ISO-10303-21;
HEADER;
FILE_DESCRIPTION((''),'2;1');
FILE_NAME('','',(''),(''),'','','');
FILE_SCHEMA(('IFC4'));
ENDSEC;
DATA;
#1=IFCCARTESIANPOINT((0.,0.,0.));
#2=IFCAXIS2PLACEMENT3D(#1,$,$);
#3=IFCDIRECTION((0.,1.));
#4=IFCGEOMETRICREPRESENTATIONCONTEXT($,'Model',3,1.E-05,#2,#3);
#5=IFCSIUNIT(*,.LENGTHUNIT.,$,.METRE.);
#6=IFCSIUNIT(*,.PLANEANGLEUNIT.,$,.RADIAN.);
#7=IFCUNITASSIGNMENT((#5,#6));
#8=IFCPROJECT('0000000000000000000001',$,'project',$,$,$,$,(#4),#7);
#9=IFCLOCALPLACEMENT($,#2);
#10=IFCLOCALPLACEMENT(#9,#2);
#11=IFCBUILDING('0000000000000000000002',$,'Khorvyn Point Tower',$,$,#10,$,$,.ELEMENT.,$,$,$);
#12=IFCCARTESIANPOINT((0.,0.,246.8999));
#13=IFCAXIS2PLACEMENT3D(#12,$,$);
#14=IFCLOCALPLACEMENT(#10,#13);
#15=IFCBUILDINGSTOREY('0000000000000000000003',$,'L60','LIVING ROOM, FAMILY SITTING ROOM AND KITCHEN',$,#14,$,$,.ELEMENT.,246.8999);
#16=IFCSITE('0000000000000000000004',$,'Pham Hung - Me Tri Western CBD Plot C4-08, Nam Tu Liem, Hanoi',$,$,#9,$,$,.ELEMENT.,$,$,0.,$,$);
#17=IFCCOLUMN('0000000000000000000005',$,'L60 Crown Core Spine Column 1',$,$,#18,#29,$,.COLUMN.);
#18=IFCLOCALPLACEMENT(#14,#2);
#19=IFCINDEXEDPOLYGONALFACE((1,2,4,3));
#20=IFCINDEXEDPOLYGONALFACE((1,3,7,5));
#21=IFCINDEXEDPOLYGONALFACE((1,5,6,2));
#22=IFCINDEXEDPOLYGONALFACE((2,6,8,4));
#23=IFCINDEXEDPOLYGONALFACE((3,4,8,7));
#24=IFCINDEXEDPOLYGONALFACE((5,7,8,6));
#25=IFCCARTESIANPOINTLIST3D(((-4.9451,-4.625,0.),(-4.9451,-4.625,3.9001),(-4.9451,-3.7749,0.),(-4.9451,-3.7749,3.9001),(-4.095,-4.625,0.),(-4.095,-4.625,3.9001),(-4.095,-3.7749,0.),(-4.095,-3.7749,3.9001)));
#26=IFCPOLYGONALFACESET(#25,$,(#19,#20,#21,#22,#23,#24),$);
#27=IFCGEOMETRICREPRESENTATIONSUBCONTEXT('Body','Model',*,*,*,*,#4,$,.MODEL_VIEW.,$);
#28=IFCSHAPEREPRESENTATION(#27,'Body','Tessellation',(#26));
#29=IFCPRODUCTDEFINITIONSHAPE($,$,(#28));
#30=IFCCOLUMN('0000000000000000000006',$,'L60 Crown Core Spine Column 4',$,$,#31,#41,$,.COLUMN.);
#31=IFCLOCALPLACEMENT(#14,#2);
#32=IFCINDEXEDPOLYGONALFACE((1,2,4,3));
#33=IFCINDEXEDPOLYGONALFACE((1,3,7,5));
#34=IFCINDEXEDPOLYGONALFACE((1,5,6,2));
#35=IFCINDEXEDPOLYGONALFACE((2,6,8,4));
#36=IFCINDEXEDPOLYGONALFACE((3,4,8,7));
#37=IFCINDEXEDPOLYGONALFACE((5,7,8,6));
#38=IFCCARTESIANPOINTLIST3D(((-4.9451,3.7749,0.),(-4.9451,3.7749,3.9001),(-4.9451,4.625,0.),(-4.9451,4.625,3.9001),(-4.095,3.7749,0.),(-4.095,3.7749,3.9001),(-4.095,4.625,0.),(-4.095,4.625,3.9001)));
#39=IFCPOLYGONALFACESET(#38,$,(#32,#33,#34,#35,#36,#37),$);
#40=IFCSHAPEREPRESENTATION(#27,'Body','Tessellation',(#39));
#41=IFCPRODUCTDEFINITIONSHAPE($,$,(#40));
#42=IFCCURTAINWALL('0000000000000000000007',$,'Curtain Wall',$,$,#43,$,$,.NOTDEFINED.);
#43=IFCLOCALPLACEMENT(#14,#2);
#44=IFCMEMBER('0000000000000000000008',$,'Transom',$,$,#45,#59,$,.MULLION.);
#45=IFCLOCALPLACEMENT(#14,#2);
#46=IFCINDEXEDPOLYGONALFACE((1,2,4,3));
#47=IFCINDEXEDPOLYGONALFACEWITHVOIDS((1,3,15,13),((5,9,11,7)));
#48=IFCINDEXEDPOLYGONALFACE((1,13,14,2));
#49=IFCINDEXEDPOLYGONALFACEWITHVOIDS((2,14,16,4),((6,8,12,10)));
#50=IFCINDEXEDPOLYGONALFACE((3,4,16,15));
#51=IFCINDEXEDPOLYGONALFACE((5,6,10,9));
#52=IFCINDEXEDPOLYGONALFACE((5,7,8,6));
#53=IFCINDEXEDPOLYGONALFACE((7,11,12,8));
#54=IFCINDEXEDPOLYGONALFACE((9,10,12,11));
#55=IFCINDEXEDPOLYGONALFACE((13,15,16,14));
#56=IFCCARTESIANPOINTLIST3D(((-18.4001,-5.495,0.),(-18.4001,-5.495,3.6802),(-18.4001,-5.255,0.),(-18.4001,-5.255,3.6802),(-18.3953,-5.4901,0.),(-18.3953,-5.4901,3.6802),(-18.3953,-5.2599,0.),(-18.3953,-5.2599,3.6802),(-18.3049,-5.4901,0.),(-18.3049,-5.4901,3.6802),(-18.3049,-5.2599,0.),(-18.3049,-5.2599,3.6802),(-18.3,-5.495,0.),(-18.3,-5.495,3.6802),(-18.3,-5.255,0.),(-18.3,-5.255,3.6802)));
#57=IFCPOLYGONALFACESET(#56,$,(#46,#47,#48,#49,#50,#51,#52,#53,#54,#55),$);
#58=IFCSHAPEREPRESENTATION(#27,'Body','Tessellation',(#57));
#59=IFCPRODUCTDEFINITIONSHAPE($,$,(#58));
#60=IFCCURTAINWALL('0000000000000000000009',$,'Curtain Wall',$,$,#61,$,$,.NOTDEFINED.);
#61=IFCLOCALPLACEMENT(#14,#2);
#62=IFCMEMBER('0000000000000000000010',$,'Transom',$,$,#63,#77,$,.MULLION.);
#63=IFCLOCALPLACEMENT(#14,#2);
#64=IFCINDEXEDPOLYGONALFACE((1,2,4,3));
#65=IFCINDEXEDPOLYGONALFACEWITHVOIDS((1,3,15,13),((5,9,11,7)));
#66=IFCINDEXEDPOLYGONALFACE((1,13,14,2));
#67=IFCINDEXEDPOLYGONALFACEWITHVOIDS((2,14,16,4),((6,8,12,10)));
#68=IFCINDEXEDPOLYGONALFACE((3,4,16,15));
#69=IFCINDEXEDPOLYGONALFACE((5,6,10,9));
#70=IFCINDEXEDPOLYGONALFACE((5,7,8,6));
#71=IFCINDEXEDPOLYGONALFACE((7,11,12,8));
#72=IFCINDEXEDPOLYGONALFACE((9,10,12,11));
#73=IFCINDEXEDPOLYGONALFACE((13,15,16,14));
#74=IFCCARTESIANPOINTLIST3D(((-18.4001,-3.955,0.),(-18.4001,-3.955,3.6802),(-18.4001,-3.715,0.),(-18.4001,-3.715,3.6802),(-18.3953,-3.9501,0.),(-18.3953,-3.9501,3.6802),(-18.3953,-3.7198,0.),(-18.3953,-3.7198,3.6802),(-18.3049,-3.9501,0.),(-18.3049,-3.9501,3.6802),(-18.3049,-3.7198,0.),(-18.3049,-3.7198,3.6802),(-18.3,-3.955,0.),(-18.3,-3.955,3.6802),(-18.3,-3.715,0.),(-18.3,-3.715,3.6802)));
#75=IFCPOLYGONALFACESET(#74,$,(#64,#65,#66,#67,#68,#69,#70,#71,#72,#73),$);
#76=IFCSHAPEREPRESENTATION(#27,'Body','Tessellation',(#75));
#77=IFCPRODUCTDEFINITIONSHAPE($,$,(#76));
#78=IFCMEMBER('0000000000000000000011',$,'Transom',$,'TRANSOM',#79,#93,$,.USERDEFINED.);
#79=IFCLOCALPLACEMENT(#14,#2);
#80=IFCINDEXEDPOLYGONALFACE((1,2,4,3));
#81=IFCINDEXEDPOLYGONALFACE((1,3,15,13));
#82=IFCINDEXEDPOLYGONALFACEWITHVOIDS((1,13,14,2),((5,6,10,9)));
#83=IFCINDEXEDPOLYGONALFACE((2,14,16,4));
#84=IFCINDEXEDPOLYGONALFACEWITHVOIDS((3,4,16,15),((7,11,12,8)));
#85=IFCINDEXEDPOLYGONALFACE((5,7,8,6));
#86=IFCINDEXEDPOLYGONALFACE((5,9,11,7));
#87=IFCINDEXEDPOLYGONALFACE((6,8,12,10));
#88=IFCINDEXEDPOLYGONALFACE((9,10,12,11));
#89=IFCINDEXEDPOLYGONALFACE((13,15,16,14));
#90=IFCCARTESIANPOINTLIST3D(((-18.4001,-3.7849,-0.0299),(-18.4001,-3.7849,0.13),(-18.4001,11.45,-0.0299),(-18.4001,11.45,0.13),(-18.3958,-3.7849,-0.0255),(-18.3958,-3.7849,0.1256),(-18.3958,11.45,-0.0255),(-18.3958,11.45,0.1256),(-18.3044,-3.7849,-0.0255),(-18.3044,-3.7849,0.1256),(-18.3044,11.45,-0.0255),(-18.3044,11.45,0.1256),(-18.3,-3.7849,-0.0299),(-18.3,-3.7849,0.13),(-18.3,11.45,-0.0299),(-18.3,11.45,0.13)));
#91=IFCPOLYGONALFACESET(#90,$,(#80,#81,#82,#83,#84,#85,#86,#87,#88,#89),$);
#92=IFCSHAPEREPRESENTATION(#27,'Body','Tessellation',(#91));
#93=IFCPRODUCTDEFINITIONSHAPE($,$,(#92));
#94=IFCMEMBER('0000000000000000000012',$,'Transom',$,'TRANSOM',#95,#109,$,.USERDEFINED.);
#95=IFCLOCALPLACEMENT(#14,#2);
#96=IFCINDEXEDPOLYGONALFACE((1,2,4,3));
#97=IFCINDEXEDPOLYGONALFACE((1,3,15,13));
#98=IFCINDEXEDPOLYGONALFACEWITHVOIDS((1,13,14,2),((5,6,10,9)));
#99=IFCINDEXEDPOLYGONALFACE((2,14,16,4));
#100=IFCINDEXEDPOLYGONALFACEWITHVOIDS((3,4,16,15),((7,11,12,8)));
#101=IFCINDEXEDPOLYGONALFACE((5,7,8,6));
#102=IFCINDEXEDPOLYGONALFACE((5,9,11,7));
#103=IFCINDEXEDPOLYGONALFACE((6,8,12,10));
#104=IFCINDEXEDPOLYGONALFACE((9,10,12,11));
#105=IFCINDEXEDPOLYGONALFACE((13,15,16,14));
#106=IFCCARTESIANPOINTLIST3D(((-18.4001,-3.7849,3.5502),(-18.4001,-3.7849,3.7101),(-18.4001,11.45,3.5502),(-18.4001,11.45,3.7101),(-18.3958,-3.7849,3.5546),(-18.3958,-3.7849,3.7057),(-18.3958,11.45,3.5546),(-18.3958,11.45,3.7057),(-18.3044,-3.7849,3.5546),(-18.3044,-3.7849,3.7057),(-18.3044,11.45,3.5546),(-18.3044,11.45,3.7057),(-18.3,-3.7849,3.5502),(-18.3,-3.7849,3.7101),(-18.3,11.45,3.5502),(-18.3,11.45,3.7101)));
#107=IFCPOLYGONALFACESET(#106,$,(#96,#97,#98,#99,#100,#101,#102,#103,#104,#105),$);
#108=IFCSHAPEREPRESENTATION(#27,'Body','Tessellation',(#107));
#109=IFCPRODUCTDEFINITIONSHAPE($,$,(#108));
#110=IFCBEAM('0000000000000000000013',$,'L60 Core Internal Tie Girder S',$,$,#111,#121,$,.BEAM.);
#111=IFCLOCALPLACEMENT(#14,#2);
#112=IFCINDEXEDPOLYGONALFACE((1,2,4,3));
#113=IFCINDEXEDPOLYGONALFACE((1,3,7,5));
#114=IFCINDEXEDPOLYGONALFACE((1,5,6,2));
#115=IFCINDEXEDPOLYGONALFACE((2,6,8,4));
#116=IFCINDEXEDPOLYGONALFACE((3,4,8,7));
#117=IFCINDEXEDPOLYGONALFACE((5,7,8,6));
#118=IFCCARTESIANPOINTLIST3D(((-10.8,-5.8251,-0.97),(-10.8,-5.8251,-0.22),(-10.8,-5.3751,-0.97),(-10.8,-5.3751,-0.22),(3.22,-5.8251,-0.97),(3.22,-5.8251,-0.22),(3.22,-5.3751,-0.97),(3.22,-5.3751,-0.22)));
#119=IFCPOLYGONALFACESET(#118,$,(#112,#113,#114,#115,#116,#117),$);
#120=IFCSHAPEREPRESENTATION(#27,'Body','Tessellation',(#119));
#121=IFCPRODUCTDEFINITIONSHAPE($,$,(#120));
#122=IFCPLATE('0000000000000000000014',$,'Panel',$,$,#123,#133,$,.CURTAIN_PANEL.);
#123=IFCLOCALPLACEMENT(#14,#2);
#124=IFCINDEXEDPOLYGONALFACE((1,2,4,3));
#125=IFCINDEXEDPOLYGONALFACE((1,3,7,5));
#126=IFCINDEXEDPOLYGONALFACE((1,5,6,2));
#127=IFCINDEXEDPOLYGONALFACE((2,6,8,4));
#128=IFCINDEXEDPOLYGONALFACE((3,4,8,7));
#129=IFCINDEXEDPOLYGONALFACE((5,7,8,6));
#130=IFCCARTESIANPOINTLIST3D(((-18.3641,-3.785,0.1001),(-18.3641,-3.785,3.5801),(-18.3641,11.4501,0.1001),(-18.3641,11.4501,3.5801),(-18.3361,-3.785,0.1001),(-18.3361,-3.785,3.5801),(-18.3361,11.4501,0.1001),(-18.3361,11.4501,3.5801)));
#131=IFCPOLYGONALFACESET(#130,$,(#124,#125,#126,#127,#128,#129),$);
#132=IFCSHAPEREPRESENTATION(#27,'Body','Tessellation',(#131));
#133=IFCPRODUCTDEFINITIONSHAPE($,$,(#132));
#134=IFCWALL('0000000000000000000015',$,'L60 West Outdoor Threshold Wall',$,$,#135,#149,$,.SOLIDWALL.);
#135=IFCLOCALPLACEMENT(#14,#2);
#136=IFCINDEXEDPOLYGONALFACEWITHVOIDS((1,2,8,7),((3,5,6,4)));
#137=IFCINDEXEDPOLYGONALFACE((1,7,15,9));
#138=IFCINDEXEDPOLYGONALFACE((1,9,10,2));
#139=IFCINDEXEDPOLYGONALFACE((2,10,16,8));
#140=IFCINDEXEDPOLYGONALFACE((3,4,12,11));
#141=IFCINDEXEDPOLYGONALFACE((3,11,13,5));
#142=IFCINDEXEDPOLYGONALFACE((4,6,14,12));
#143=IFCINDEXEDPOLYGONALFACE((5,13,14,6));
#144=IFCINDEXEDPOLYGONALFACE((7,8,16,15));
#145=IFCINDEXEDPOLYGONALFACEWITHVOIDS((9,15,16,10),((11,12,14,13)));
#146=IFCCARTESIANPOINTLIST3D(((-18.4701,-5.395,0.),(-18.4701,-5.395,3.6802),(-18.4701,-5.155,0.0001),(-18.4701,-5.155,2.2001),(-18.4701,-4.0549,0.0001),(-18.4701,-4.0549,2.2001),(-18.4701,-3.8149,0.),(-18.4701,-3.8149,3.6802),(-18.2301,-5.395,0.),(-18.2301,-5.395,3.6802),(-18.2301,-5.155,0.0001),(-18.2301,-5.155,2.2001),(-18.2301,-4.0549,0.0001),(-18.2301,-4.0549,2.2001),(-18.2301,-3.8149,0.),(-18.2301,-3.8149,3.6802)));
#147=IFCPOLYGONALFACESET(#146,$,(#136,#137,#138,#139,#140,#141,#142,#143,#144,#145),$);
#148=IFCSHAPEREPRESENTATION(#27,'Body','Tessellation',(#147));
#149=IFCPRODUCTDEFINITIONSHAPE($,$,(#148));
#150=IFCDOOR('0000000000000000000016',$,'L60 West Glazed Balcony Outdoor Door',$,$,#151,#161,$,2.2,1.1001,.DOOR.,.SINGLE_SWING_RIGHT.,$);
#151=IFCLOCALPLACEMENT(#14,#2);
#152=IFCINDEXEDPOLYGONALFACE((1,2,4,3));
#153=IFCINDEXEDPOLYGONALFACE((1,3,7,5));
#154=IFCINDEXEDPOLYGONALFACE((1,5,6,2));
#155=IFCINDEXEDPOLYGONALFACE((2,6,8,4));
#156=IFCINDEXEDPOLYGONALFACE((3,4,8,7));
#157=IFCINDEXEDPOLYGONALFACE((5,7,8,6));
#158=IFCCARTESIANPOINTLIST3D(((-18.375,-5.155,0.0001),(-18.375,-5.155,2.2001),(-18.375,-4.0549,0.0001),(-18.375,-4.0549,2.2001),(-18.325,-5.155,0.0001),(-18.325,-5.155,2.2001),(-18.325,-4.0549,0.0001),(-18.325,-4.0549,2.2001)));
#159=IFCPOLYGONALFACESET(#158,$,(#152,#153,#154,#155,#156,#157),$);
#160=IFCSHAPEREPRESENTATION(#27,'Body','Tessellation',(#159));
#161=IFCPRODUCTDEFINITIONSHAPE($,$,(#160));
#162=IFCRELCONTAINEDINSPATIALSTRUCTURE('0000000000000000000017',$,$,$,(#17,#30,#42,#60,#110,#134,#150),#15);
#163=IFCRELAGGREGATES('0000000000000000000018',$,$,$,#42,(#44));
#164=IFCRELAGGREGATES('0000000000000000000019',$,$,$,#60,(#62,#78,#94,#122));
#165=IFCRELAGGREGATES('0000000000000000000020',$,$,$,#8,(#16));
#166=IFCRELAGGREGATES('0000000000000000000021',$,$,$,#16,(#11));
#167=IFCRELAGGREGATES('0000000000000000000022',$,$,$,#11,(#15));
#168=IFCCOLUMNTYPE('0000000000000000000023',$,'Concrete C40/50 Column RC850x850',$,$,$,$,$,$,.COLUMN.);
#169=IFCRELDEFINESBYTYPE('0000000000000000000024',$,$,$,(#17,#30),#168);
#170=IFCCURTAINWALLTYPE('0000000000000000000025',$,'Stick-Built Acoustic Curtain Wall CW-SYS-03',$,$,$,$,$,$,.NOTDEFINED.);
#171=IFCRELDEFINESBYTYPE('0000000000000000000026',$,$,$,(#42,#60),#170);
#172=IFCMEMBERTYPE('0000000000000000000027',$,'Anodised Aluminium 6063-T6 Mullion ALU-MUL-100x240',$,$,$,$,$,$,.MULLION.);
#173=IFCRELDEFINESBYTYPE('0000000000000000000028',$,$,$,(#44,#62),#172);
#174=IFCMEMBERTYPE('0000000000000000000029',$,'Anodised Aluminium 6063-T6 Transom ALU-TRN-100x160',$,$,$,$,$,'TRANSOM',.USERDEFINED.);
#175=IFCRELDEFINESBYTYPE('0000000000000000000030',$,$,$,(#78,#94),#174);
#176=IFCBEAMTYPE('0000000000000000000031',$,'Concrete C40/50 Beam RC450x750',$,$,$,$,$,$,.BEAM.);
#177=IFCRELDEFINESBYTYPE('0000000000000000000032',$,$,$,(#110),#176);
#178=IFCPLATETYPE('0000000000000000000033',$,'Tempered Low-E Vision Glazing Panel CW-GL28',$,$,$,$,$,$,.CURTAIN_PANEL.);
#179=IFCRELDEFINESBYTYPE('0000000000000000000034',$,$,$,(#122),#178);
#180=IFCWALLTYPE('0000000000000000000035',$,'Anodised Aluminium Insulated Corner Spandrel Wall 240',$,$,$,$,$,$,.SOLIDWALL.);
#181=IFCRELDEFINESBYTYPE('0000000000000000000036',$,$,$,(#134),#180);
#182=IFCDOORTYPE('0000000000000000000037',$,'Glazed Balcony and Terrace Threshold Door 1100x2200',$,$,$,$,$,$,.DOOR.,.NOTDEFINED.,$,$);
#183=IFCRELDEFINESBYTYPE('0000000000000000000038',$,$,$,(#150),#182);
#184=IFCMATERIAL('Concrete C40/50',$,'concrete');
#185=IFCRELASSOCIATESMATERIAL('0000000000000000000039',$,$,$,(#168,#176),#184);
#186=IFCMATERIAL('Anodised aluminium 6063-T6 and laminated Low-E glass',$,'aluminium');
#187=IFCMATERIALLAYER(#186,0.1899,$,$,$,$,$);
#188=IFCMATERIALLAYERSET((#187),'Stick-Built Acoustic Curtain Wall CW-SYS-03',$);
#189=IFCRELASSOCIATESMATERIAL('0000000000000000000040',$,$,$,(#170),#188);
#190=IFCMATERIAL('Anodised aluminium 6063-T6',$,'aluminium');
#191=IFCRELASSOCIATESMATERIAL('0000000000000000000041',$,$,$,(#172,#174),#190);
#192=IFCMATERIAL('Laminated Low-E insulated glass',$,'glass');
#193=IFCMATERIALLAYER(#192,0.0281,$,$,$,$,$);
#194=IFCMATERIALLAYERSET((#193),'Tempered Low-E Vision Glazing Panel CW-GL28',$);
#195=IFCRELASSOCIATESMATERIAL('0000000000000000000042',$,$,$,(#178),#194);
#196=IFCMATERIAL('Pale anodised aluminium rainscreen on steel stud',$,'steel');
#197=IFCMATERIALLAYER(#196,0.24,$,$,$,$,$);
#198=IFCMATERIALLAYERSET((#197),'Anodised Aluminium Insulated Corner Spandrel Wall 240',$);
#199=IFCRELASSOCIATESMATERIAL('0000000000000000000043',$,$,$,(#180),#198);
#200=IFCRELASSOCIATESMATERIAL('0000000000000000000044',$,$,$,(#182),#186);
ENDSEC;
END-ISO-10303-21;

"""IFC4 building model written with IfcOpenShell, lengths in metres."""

from ifc_helpers import new_model, si_unit, direction, frame, frame_2d, origin, origin_2d, place, context, subcontext, project, spatial, rectangle, hollow_rectangle, extrude, material, layer, layer_set, material_profile, profile_set, type_object, element, fill, aggregate, save


model = new_model("IFC4")

# Units and contexts
model_context = context("Model", 3, precision=1e-05, world=origin(), true_north=direction((0.0, 1.0)))
body_context = subcontext(model_context, "Body", "Model", "MODEL_VIEW")
ifc_project = project(units=[si_unit("LENGTHUNIT", "METRE"), si_unit("PLANEANGLEUNIT", "RADIAN")], contexts=[model_context])

# Site, building, storey
site_placement = place(None, origin())
site = spatial("IfcSite", under=ifc_project, at=site_placement, Name="Pham Hung - Me Tri Western CBD Plot C4-08, Nam Tu Liem, Hanoi", CompositionType="ELEMENT", RefElevation=0.0)
building_placement = place(site_placement, origin())
building = spatial("IfcBuilding", under=site, at=building_placement, Name="Khorvyn Point Tower", CompositionType="ELEMENT")
storey_placement = place(building_placement, frame((0.0, 0.0, 246.8999)))
storey = spatial("IfcBuildingStorey", under=building, at=storey_placement, Name="L60", Description="LIVING ROOM, FAMILY SITTING ROOM AND KITCHEN", CompositionType="ELEMENT", Elevation=246.8999)

# Columns
ifc_material_1 = material(Name="Concrete C40/50", Category="concrete")
ifc_material_profile_1 = material_profile(ifc_material_1, rectangle(XDim=0.8501, YDim=0.8501, at=origin_2d()))
ifc_profile_set_1 = profile_set([ifc_material_profile_1], Name="Concrete C40/50 RC850x850")
column_type = type_object("IfcColumnType", Name="Concrete C40/50 Column RC850x850", PredefinedType="COLUMN", material=ifc_profile_set_1)
for number, where, z_axis, x_axis, name in (
    (1, (-4.52, -4.2, 0.0), (0.0, 0.0, 1.0), (1.0, 0.0, 0.0), "L60 Crown Core Spine Column 1"),
    (2, (-4.52, 4.2, 0.0), (0.0, 0.0, 1.0), (1.0, 0.0, 0.0), "L60 Crown Core Spine Column 4"),
):
    element("IfcColumn", number, at=place(storey_placement, frame(where, z_axis=z_axis, x_axis=x_axis)), inside=storey, type_object=column_type, Name=name, PredefinedType="COLUMN", context=body_context, shape_type="SweptSolid", body=[
        extrude(rectangle(XDim=0.8501, YDim=0.8501, at=origin_2d()), origin(), (0.0, 0.0, 1.0), 3.9001),
    ])

# Curtain wall, member
ifc_material_2 = material(Name="Anodised aluminium 6063-T6 and laminated Low-E glass", Category="aluminium")
ifc_layer_1 = layer(ifc_material_2, 0.1899)
ifc_layer_set_1 = layer_set([ifc_layer_1], Name="Stick-Built Acoustic Curtain Wall CW-SYS-03")
curtain_wall_type = type_object("IfcCurtainWallType", Name="Stick-Built Acoustic Curtain Wall CW-SYS-03", PredefinedType="NOTDEFINED", material=ifc_layer_set_1)
curtain_wall_1_placement = place(storey_placement, origin())
curtain_wall_1 = element("IfcCurtainWall", 3, at=curtain_wall_1_placement, inside=storey, type_object=curtain_wall_type, Name="Curtain Wall", PredefinedType="NOTDEFINED")
ifc_material_3 = material(Name="Anodised aluminium 6063-T6", Category="aluminium")
ifc_material_profile_2 = material_profile(ifc_material_3, hollow_rectangle(XDim=0.1001, YDim=0.24, WallThickness=0.0049, at=origin_2d()))
ifc_profile_set_2 = profile_set([ifc_material_profile_2], Name="Anodised aluminium 6063-T6 ALU-MUL-100x240")
member_type_1 = type_object("IfcMemberType", Name="Anodised Aluminium 6063-T6 Mullion ALU-MUL-100x240", PredefinedType="MULLION", material=ifc_profile_set_2)
member_1_placement = place(storey_placement, frame((-18.3501, -5.375, 0.0), z_axis=(0.0, 0.0, 1.0), x_axis=(-1.0, 0.0, 0.0)))
member_1 = element("IfcMember", 4, at=member_1_placement, type_object=member_type_1, Name="Transom", PredefinedType="MULLION", context=body_context, shape_type="SweptSolid", body=[
    extrude(hollow_rectangle(XDim=0.1001, YDim=0.24, WallThickness=0.0049, at=origin_2d()), origin(), (0.0, 0.0, 1.0), 3.6802),
])
aggregate(curtain_wall_1, [member_1])

# Curtain wall, members
curtain_wall_2_placement = place(storey_placement, origin())
curtain_wall_2 = element("IfcCurtainWall", 5, at=curtain_wall_2_placement, inside=storey, type_object=curtain_wall_type, Name="Curtain Wall", PredefinedType="NOTDEFINED")
member_2_placement = place(storey_placement, frame((-18.3501, -3.835, 0.0), z_axis=(0.0, 0.0, 1.0), x_axis=(-1.0, 0.0, 0.0)))
member_2 = element("IfcMember", 6, at=member_2_placement, type_object=member_type_1, Name="Transom", PredefinedType="MULLION", context=body_context, shape_type="SweptSolid", body=[
    extrude(hollow_rectangle(XDim=0.1001, YDim=0.24, WallThickness=0.0049, at=origin_2d()), origin(), (0.0, 0.0, 1.0), 3.6802),
])
ifc_material_profile_3 = material_profile(ifc_material_3, hollow_rectangle(XDim=0.1001, YDim=0.1599, WallThickness=0.0044, at=origin_2d()))
ifc_profile_set_3 = profile_set([ifc_material_profile_3], Name="Anodised aluminium 6063-T6 ALU-TRN-100x160")
member_type_2 = type_object("IfcMemberType", Name="Anodised Aluminium 6063-T6 Transom ALU-TRN-100x160", ElementType="TRANSOM", PredefinedType="USERDEFINED", material=ifc_profile_set_3)
member_3_placement = place(storey_placement, frame((-18.3501, -3.7849, 0.05), z_axis=(0.0, 1.0, 0.0), x_axis=(-1.0, 0.0, 0.0)))
member_3 = element("IfcMember", 7, at=member_3_placement, type_object=member_type_2, Name="Transom", ObjectType="TRANSOM", PredefinedType="USERDEFINED", context=body_context, shape_type="SweptSolid", body=[
    extrude(hollow_rectangle(XDim=0.1001, YDim=0.1599, WallThickness=0.0044, at=origin_2d()), origin(), (0.0, 0.0, 1.0), 15.2349),
])
member_4_placement = place(storey_placement, frame((-18.3501, -3.7849, 3.6301), z_axis=(0.0, 1.0, 0.0), x_axis=(-1.0, 0.0, 0.0)))
member_4 = element("IfcMember", 8, at=member_4_placement, type_object=member_type_2, Name="Transom", ObjectType="TRANSOM", PredefinedType="USERDEFINED", context=body_context, shape_type="SweptSolid", body=[
    extrude(hollow_rectangle(XDim=0.1001, YDim=0.1599, WallThickness=0.0044, at=origin_2d()), origin(), (0.0, 0.0, 1.0), 15.2349),
])

# Beam
ifc_material_profile_4 = material_profile(ifc_material_1, rectangle(XDim=0.45, YDim=0.75, at=origin_2d()))
ifc_profile_set_4 = profile_set([ifc_material_profile_4], Name="Concrete C40/50 RC450x750")
beam_type = type_object("IfcBeamType", Name="Concrete C40/50 Beam RC450x750", PredefinedType="BEAM", material=ifc_profile_set_4)
beam_placement = place(storey_placement, frame((-10.8, -5.6001, -0.595), z_axis=(1.0, 0.0, 0.0), x_axis=(0.0, 1.0, 0.0)))
element("IfcBeam", 9, at=beam_placement, inside=storey, type_object=beam_type, Name="L60 Core Internal Tie Girder S", PredefinedType="BEAM", context=body_context, shape_type="SweptSolid", body=[
    extrude(rectangle(XDim=0.45, YDim=0.75, at=origin_2d()), origin(), (0.0, 0.0, 1.0), 14.02),
])

# Plate
ifc_material_4 = material(Name="Laminated Low-E insulated glass", Category="glass")
ifc_layer_2 = layer(ifc_material_4, 0.0281)
ifc_layer_set_2 = layer_set([ifc_layer_2], Name="Tempered Low-E Vision Glazing Panel CW-GL28")
plate_type = type_object("IfcPlateType", Name="Tempered Low-E Vision Glazing Panel CW-GL28", PredefinedType="CURTAIN_PANEL", material=ifc_layer_set_2)
plate_placement = place(storey_placement, frame((-18.3501, 3.8325, 0.1001), z_axis=(0.0, 0.0, 1.0), x_axis=(0.0, 1.0, 0.0)))
plate = element("IfcPlate", 10, at=plate_placement, type_object=plate_type, Name="Panel", PredefinedType="CURTAIN_PANEL", context=body_context, shape_type="SweptSolid", body=[
    extrude(rectangle(XDim=15.2351, YDim=0.0281, at=origin_2d()), origin(), (0.0, 0.0, 1.0), 3.48),
])
aggregate(curtain_wall_2, [member_2, member_3, member_4, plate])

# Wall, opening, door
ifc_material_5 = material(Name="Pale anodised aluminium rainscreen on steel stud", Category="steel")
ifc_layer_3 = layer(ifc_material_5, 0.24)
ifc_layer_set_3 = layer_set([ifc_layer_3], Name="Anodised Aluminium Insulated Corner Spandrel Wall 240")
wall_type_1 = type_object("IfcWallType", Name="Anodised Aluminium Insulated Corner Spandrel Wall 240", PredefinedType="SOLIDWALL", material=ifc_layer_set_3)
wall_1_placement = place(storey_placement, frame((-18.3501, -5.395, 0.0), z_axis=(0.0, 0.0, 1.0), x_axis=(0.0, 1.0, 0.0)))
wall_1 = element("IfcWall", 11, at=wall_1_placement, inside=storey, type_object=wall_type_1, Name="L60 West Outdoor Threshold Wall", PredefinedType="SOLIDWALL", context=body_context, shape_type="SweptSolid", body=[
    extrude(rectangle(XDim=1.5801, YDim=0.24, at=frame_2d((0.79, 0.0))), origin(), (0.0, 0.0, 1.0), 3.6802),
])
opening_1_placement = place(wall_1_placement, frame((0.24, 0.0, 0.0)))
opening_1 = element("IfcOpeningElement", 12, at=opening_1_placement, cuts=wall_1, PredefinedType="OPENING", context=body_context, shape_type="SweptSolid", body=[
    extrude(rectangle(XDim=1.1001, YDim=2.2, at=frame_2d((0.55, 1.1001))), frame((0.0, 0.1299, 0.0), z_axis=(0.0, -1.0, 0.0), x_axis=(1.0, 0.0, 0.0)), (0.0, 0.0, 1.0), 0.26),
])
door_type_1 = type_object("IfcDoorType", Name="Glazed Balcony and Terrace Threshold Door 1100x2200", OperationType="NOTDEFINED", PredefinedType="DOOR", material=ifc_material_2)
door_1_placement = place(opening_1_placement, origin())
door_1 = element("IfcDoor", 13, at=door_1_placement, inside=storey, type_object=door_type_1, Name="L60 West Glazed Balcony Outdoor Door", OperationType="SINGLE_SWING_RIGHT", OverallHeight=2.2, OverallWidth=1.1001, PredefinedType="DOOR", context=body_context, shape_type="SweptSolid", body=[
    extrude(rectangle(XDim=1.1001, YDim=2.2, at=frame_2d((0.55, 1.1001))), frame((0.0, 0.0249, 0.0), z_axis=(0.0, -1.0, 0.0), x_axis=(1.0, 0.0, 0.0)), (0.0, 0.0, 1.0), 0.05),
])
fill(opening_1, door_1)

save(model, "model.ifc")
